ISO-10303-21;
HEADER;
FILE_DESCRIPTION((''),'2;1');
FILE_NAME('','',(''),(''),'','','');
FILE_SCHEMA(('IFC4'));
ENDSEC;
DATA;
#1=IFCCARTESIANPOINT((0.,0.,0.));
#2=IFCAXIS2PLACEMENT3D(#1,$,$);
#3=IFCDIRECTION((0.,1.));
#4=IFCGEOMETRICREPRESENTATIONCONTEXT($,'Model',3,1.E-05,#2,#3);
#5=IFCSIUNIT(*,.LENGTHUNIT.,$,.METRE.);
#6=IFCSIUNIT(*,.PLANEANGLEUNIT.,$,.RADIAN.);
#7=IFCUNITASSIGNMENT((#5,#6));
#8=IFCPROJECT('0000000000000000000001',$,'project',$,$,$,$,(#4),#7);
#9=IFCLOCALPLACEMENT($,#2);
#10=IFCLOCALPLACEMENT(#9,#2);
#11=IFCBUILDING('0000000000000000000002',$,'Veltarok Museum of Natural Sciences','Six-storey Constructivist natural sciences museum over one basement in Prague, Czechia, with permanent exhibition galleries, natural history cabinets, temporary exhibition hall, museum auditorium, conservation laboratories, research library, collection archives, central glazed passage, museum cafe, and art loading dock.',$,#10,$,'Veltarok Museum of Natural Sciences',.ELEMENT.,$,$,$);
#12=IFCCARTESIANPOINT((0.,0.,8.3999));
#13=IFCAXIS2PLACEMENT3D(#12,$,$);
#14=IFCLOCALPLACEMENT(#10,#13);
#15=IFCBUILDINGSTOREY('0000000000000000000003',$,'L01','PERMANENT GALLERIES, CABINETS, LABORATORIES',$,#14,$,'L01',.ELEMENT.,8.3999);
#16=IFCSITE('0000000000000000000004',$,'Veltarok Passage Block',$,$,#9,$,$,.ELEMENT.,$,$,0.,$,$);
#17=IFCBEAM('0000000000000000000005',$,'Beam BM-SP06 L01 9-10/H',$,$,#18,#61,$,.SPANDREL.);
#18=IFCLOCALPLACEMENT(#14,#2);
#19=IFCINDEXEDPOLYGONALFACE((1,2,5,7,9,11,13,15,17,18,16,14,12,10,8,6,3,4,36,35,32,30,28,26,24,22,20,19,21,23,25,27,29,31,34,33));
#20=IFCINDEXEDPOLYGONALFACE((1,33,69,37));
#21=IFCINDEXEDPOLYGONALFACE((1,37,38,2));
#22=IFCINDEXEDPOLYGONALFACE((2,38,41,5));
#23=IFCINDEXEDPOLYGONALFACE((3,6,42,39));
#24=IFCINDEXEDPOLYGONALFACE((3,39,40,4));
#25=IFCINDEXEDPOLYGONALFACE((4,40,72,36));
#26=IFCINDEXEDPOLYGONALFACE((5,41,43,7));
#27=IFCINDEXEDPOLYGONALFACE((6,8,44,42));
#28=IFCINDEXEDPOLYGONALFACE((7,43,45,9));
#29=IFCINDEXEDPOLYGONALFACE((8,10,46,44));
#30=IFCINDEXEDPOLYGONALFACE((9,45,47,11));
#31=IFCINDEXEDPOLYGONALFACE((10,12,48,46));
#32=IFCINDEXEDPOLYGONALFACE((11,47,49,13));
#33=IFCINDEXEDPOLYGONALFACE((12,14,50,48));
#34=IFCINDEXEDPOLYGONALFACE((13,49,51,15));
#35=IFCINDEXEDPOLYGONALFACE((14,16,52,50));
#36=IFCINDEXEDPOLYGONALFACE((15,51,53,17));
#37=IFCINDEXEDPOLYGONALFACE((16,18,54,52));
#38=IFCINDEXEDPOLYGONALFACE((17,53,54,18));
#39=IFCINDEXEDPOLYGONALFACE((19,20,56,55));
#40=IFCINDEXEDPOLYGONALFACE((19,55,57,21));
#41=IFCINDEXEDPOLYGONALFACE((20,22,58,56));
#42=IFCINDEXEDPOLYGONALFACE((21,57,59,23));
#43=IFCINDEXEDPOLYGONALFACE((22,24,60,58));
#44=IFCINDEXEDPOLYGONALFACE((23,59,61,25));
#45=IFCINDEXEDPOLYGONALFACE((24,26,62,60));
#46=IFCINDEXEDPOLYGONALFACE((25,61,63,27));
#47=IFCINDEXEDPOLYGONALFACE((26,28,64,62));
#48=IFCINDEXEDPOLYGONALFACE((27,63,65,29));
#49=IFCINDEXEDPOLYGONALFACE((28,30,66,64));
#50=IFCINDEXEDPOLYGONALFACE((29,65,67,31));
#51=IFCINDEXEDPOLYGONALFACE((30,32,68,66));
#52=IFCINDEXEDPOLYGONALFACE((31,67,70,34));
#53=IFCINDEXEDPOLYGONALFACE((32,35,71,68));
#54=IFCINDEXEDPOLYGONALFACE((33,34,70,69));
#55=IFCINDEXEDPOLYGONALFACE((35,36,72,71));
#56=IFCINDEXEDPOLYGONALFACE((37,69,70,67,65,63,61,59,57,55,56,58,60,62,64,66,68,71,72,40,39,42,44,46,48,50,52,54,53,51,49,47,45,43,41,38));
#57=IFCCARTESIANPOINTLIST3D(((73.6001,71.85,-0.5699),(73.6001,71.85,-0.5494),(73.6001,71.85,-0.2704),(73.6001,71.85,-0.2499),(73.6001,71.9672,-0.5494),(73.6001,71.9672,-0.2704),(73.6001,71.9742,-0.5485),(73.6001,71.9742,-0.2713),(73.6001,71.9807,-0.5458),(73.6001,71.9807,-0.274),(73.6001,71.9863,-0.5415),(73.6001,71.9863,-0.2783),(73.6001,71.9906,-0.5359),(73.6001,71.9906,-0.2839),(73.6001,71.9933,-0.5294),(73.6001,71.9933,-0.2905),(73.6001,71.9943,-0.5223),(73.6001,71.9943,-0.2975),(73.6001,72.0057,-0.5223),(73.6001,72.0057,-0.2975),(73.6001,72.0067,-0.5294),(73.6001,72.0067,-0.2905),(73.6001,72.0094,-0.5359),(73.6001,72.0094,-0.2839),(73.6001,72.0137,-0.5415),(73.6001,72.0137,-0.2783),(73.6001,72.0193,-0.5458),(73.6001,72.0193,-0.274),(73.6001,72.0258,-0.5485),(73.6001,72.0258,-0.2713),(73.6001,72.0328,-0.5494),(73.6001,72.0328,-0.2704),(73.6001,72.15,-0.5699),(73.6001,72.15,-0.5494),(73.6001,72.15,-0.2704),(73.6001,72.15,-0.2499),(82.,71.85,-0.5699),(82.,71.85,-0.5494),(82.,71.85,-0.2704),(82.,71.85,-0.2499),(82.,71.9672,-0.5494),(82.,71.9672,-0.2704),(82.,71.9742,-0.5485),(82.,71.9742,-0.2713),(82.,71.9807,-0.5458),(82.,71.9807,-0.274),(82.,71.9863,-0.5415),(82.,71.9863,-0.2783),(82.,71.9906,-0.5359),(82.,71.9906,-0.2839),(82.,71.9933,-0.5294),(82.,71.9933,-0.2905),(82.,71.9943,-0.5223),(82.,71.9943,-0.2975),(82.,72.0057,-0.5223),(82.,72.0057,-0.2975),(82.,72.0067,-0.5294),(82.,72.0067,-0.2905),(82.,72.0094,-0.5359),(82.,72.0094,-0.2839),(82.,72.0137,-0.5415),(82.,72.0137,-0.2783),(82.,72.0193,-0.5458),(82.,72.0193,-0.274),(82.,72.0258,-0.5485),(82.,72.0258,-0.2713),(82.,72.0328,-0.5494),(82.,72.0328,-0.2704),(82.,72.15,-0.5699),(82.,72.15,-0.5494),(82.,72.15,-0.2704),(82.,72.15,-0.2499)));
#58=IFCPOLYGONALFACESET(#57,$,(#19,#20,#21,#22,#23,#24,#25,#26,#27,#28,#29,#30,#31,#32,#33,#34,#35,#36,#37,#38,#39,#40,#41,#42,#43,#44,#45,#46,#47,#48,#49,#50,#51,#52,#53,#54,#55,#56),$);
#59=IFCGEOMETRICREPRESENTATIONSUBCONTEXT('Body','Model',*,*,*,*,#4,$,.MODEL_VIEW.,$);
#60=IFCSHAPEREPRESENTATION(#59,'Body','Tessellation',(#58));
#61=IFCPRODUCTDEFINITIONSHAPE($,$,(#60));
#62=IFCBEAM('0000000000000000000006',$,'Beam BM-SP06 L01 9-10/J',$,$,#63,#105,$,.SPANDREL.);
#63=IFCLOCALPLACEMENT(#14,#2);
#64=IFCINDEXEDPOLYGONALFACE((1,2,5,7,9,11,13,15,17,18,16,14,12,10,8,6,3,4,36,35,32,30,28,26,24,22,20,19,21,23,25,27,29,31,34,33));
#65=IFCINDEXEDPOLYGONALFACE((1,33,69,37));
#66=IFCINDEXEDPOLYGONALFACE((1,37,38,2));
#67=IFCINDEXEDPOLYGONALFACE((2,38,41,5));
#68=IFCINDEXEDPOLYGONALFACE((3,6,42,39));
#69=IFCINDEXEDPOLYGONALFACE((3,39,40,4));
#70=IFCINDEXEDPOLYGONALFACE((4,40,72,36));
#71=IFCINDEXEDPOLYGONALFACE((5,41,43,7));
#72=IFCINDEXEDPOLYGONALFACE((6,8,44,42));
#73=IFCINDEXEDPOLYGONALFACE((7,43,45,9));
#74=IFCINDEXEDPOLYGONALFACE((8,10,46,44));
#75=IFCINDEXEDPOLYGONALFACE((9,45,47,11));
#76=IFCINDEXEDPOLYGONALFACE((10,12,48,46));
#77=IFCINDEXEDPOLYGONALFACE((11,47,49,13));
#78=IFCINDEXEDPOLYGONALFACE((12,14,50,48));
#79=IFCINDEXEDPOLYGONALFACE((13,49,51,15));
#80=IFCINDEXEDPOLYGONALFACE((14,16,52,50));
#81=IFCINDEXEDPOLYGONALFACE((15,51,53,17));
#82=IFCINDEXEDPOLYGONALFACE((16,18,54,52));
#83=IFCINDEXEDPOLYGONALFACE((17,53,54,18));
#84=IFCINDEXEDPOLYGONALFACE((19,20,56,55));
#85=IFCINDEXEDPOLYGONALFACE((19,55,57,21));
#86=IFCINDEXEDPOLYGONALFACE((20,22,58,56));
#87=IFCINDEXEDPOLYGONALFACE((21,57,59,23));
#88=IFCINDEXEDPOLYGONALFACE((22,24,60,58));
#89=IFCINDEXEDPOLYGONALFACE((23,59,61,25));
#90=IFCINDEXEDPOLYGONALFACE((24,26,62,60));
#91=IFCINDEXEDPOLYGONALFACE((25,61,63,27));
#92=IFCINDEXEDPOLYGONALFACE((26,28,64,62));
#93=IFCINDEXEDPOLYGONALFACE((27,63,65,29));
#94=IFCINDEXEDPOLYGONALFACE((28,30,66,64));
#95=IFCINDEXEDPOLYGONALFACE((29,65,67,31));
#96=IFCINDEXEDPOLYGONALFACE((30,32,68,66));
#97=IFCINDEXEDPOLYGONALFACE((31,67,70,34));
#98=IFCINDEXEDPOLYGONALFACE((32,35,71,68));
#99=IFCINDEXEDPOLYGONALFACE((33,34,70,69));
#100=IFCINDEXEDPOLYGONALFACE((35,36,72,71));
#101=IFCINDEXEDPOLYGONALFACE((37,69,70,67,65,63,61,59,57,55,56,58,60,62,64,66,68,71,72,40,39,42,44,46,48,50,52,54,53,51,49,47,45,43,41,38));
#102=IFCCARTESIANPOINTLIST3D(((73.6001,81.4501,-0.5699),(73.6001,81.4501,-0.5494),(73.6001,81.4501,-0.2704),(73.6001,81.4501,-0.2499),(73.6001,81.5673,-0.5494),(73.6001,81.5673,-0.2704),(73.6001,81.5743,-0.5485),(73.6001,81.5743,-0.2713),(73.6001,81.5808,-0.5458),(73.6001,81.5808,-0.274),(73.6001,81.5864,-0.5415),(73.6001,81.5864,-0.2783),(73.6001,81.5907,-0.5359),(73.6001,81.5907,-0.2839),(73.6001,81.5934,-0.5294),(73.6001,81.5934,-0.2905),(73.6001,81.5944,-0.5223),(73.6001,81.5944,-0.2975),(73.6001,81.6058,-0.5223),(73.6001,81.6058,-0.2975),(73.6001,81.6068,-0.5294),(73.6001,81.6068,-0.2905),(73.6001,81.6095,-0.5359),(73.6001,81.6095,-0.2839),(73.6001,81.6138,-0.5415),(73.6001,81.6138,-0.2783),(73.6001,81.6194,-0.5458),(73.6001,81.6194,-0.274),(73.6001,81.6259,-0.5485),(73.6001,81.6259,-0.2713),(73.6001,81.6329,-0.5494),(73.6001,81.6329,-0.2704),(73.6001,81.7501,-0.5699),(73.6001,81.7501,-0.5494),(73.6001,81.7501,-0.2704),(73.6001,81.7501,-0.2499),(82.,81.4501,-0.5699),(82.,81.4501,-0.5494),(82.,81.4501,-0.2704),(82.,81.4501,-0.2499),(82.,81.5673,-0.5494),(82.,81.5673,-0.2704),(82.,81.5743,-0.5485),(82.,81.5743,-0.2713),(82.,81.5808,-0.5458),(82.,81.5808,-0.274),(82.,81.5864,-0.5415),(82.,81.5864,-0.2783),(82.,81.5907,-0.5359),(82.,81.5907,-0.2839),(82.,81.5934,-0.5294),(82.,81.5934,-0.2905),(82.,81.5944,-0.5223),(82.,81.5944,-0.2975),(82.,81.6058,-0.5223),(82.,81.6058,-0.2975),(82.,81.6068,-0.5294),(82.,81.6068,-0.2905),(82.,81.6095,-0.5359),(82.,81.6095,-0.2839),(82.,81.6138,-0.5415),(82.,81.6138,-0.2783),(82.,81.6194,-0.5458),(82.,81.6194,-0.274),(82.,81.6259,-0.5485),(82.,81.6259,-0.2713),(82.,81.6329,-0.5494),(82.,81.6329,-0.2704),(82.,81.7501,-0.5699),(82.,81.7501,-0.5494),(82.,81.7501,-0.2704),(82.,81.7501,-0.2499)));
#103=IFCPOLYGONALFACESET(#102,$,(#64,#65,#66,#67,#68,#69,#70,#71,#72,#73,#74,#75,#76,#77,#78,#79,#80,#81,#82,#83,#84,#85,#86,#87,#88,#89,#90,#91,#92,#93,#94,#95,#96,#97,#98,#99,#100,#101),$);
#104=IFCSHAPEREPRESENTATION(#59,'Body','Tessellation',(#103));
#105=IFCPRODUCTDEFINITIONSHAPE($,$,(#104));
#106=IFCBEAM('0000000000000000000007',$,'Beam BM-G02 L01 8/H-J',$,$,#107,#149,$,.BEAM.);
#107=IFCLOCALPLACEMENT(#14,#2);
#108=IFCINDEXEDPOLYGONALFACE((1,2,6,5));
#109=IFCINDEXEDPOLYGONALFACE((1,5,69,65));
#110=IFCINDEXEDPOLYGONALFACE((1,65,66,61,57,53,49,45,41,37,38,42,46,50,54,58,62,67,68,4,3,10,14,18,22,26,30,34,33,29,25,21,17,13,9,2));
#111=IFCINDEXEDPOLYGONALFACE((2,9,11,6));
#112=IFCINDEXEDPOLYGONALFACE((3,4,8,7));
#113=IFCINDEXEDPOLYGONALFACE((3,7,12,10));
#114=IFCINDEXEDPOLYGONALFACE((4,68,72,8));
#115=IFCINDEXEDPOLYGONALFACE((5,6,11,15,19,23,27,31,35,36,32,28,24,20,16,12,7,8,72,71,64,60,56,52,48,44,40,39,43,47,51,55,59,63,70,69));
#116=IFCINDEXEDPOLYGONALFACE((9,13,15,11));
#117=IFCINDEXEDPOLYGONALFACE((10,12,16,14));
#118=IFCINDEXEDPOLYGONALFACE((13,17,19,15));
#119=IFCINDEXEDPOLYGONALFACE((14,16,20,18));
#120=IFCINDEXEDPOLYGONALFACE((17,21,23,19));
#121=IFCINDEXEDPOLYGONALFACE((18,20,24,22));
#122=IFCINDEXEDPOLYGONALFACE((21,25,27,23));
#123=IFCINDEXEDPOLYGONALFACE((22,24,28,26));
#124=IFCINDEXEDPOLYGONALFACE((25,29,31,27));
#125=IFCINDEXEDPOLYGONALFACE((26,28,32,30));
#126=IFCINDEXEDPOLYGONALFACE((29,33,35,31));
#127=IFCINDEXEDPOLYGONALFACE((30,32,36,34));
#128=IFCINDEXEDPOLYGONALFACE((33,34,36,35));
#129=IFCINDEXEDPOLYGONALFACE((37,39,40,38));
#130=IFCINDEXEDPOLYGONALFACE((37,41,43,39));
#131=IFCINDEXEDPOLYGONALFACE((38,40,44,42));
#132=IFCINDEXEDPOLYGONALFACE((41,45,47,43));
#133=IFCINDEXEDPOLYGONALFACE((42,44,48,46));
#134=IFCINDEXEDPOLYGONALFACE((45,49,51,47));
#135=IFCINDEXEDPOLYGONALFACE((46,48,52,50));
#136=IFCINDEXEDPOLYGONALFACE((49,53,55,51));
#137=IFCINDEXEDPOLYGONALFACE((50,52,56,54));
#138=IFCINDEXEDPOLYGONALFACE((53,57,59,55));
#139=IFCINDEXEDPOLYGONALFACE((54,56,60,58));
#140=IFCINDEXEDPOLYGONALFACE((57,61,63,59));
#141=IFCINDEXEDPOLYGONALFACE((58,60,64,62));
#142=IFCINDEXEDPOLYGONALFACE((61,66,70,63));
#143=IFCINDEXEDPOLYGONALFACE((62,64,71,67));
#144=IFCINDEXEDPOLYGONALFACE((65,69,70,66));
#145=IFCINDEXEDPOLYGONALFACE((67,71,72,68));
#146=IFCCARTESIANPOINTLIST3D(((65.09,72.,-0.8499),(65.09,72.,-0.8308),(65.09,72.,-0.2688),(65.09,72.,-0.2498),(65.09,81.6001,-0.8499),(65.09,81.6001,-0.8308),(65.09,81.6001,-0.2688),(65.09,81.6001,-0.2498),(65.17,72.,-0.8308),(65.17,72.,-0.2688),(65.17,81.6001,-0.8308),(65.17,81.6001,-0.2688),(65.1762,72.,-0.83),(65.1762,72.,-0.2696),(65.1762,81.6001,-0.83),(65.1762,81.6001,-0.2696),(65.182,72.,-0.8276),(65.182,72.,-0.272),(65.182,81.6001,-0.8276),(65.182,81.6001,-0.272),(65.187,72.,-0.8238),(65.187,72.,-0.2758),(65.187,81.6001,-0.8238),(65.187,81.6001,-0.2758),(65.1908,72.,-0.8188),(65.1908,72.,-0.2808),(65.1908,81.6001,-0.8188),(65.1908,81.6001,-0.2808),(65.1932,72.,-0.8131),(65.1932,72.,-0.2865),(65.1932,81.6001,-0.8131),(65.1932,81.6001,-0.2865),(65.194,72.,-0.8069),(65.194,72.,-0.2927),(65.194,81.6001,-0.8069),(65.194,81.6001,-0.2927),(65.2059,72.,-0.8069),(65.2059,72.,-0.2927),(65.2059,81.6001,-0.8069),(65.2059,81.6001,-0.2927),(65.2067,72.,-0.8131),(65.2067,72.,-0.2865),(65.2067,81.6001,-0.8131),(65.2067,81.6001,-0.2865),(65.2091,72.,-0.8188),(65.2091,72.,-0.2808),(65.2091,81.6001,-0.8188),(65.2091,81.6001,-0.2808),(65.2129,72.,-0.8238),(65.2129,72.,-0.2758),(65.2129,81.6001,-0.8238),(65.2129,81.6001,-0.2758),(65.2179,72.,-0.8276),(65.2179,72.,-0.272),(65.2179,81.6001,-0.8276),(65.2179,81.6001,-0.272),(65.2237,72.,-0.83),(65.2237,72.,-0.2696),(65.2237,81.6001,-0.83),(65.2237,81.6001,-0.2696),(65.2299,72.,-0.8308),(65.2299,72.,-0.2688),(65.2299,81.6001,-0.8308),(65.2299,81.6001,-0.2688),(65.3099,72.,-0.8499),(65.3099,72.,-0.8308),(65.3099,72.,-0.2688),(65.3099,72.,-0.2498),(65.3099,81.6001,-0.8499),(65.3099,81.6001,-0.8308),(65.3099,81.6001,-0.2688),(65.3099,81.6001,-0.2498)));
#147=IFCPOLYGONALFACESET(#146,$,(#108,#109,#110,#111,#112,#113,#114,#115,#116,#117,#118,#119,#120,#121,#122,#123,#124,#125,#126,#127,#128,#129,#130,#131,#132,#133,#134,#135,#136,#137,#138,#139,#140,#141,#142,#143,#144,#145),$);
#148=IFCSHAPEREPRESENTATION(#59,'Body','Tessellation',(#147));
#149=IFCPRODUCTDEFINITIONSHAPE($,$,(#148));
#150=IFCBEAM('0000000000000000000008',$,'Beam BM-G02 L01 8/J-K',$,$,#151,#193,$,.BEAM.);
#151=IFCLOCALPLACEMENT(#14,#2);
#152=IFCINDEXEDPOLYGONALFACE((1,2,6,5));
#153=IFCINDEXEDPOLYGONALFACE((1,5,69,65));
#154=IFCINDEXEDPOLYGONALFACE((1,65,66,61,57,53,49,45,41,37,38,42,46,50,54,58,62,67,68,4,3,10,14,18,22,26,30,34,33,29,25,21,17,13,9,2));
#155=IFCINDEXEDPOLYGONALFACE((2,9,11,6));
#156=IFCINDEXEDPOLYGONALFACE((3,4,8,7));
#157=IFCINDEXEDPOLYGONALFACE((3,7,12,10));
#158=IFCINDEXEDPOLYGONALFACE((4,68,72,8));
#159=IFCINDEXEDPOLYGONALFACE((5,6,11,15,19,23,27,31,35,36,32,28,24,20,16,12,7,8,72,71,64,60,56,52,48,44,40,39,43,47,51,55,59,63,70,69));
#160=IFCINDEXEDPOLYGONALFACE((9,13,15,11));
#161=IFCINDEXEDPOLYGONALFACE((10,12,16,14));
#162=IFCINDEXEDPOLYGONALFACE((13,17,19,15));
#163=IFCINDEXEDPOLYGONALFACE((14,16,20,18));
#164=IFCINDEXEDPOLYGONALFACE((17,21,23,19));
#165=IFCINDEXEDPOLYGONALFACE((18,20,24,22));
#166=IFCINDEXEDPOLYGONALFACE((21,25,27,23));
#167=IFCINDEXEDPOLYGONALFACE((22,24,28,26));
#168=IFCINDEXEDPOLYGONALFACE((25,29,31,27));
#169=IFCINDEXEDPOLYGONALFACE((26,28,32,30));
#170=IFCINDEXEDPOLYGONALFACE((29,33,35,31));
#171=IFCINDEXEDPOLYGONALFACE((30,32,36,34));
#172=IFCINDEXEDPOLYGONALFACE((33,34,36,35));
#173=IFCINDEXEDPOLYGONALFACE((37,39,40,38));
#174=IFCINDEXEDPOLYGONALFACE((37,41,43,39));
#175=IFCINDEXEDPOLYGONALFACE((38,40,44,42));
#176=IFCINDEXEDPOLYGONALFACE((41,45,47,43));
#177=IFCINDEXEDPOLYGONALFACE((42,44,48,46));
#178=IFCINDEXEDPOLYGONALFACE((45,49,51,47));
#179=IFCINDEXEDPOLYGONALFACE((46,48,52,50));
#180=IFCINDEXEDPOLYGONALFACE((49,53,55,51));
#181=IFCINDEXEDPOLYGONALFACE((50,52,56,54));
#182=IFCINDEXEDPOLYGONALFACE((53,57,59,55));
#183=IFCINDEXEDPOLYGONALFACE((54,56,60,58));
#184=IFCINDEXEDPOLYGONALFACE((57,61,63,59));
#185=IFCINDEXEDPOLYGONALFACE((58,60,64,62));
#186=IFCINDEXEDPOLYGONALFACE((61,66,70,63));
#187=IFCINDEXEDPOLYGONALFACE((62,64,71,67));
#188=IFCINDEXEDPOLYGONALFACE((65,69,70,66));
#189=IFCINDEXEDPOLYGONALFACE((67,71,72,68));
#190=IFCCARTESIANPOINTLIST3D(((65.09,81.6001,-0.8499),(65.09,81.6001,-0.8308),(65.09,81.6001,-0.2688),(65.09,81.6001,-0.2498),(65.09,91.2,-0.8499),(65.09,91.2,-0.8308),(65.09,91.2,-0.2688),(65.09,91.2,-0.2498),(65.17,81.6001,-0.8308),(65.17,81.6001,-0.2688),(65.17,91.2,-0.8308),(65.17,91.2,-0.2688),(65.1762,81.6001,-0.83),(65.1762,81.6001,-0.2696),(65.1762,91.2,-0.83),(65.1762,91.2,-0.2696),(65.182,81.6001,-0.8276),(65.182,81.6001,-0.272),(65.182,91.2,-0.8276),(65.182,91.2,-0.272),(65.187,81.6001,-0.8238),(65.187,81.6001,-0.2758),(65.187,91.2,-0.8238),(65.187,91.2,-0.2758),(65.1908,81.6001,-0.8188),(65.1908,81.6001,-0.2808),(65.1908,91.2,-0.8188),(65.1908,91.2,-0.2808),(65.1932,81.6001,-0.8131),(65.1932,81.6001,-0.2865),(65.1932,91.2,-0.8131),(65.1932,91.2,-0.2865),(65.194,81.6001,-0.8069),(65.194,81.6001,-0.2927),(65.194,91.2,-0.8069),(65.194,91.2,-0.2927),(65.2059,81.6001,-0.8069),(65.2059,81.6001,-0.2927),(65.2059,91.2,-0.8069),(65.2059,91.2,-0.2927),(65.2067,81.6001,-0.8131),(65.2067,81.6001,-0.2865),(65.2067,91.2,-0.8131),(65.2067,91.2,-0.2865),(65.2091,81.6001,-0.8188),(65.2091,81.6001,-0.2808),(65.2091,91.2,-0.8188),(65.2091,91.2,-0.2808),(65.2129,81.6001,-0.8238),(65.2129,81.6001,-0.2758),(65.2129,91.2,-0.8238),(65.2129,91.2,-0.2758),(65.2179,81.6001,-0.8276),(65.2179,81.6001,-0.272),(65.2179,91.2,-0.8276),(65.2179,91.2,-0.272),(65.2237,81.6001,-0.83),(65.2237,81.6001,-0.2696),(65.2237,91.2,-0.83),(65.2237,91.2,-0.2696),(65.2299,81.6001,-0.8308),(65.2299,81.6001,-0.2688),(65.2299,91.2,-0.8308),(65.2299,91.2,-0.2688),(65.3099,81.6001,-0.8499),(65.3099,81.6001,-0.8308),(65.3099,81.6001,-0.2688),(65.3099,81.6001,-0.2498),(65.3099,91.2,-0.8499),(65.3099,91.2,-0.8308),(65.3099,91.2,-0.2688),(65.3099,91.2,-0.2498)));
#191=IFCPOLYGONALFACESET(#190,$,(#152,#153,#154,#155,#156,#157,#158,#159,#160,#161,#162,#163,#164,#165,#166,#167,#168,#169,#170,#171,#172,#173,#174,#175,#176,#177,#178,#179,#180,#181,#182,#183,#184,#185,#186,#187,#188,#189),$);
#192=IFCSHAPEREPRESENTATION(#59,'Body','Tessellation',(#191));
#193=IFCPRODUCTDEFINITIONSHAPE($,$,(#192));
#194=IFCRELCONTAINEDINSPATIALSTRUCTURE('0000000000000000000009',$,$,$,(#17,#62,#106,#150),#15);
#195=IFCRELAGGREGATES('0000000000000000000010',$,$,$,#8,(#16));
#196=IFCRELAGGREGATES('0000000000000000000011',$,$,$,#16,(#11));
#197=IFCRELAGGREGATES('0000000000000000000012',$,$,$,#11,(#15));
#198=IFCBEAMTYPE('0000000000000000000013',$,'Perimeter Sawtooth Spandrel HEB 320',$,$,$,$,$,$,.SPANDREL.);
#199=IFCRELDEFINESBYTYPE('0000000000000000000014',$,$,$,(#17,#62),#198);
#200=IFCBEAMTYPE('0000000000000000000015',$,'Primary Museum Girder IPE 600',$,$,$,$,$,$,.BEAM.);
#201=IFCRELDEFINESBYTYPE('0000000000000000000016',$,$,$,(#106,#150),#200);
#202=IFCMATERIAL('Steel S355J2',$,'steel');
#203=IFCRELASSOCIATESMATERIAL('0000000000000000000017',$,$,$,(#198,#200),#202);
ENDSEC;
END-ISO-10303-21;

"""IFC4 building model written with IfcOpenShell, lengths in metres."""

from ifc_helpers import new_model, si_unit, direction, frame, origin, origin_2d, place, context, subcontext, project, spatial, i_section, extrude, material, material_profile, profile_set, type_object, element, save


model = new_model("IFC4")

# Units and contexts
model_context = context("Model", 3, precision=1e-05, world=origin(), true_north=direction((0.0, 1.0)))
body_context = subcontext(model_context, "Body", "Model", "MODEL_VIEW")
ifc_project = project(units=[si_unit("LENGTHUNIT", "METRE"), si_unit("PLANEANGLEUNIT", "RADIAN")], contexts=[model_context])

# Site, building, storey
site_placement = place(None, origin())
site = spatial("IfcSite", under=ifc_project, at=site_placement, Name="Veltarok Passage Block", CompositionType="ELEMENT", RefElevation=0.0)
building_placement = place(site_placement, origin())
building = spatial("IfcBuilding", under=site, at=building_placement, Name="Veltarok Museum of Natural Sciences", Description="Six-storey Constructivist natural sciences museum over one basement in Prague, Czechia, with permanent exhibition galleries, natural history cabinets, temporary exhibition hall, museum auditorium, conservation laboratories, research library, collection archives, central glazed passage, museum cafe, and art loading dock.", LongName="Veltarok Museum of Natural Sciences", CompositionType="ELEMENT")
storey_placement = place(building_placement, frame((0.0, 0.0, 8.3999)))
storey = spatial("IfcBuildingStorey", under=building, at=storey_placement, Name="L01", Description="PERMANENT GALLERIES, CABINETS, LABORATORIES", LongName="L01", CompositionType="ELEMENT", Elevation=8.3999)

# Shared definitions
ifc_material_1 = material(Name="Steel S355J2", Category="steel")

# Beams
ifc_material_profile_1 = material_profile(ifc_material_1, i_section(OverallWidth=0.3, OverallDepth=0.3201, WebThickness=0.0115, FlangeThickness=0.0205, FilletRadius=0.0271, at=origin_2d()), Name="HEB 320")
ifc_profile_set_1 = profile_set([ifc_material_profile_1], Name="Steel S355J2")
beam_type_1 = type_object("IfcBeamType", Name="Perimeter Sawtooth Spandrel HEB 320", PredefinedType="SPANDREL", material=ifc_profile_set_1)
for number, where, z_axis, x_axis, name in (
    (1, (73.6001, 72.0, -0.4099), (1.0, 0.0, 0.0), (0.0, 1.0, 0.0), "Beam BM-SP06 L01 9-10/H"),
    (2, (73.6001, 81.6001, -0.4099), (1.0, 0.0, 0.0), (0.0, 1.0, 0.0), "Beam BM-SP06 L01 9-10/J"),
):
    element("IfcBeam", number, at=place(storey_placement, frame(where, z_axis=z_axis, x_axis=x_axis)), inside=storey, type_object=beam_type_1, Name=name, PredefinedType="SPANDREL", context=body_context, shape_type="SweptSolid", body=[
        extrude(i_section(OverallWidth=0.3, OverallDepth=0.3201, WebThickness=0.0115, FlangeThickness=0.0205, FilletRadius=0.0271, at=origin_2d()), origin(), (0.0, 0.0, 1.0), 8.3999),
    ])
ifc_material_profile_2 = material_profile(ifc_material_1, i_section(OverallWidth=0.22, OverallDepth=0.6001, WebThickness=0.012, FlangeThickness=0.019, FilletRadius=0.0239, at=origin_2d()), Name="IPE 600")
ifc_profile_set_2 = profile_set([ifc_material_profile_2], Name="Steel S355J2")
beam_type_2 = type_object("IfcBeamType", Name="Primary Museum Girder IPE 600", PredefinedType="BEAM", material=ifc_profile_set_2)
beam_1_placement = place(storey_placement, frame((65.2, 72.0, -0.5498), z_axis=(0.0, 1.0, 0.0), x_axis=(-1.0, 0.0, 0.0)))
element("IfcBeam", 3, at=beam_1_placement, inside=storey, type_object=beam_type_2, Name="Beam BM-G02 L01 8/H-J", PredefinedType="BEAM", context=body_context, shape_type="SweptSolid", body=[
    extrude(i_section(OverallWidth=0.22, OverallDepth=0.6001, WebThickness=0.012, FlangeThickness=0.019, FilletRadius=0.0239, at=origin_2d()), origin(), (0.0, 0.0, 1.0), 9.6001),
])
beam_2_placement = place(storey_placement, frame((65.2, 81.6001, -0.5498), z_axis=(0.0, 1.0, 0.0), x_axis=(-1.0, 0.0, 0.0)))
element("IfcBeam", 4, at=beam_2_placement, inside=storey, type_object=beam_type_2, Name="Beam BM-G02 L01 8/J-K", PredefinedType="BEAM", context=body_context, shape_type="SweptSolid", body=[
    extrude(i_section(OverallWidth=0.22, OverallDepth=0.6001, WebThickness=0.012, FlangeThickness=0.019, FilletRadius=0.0239, at=origin_2d()), origin(), (0.0, 0.0, 1.0), 9.5999),
])

save(model, "model.ifc")
